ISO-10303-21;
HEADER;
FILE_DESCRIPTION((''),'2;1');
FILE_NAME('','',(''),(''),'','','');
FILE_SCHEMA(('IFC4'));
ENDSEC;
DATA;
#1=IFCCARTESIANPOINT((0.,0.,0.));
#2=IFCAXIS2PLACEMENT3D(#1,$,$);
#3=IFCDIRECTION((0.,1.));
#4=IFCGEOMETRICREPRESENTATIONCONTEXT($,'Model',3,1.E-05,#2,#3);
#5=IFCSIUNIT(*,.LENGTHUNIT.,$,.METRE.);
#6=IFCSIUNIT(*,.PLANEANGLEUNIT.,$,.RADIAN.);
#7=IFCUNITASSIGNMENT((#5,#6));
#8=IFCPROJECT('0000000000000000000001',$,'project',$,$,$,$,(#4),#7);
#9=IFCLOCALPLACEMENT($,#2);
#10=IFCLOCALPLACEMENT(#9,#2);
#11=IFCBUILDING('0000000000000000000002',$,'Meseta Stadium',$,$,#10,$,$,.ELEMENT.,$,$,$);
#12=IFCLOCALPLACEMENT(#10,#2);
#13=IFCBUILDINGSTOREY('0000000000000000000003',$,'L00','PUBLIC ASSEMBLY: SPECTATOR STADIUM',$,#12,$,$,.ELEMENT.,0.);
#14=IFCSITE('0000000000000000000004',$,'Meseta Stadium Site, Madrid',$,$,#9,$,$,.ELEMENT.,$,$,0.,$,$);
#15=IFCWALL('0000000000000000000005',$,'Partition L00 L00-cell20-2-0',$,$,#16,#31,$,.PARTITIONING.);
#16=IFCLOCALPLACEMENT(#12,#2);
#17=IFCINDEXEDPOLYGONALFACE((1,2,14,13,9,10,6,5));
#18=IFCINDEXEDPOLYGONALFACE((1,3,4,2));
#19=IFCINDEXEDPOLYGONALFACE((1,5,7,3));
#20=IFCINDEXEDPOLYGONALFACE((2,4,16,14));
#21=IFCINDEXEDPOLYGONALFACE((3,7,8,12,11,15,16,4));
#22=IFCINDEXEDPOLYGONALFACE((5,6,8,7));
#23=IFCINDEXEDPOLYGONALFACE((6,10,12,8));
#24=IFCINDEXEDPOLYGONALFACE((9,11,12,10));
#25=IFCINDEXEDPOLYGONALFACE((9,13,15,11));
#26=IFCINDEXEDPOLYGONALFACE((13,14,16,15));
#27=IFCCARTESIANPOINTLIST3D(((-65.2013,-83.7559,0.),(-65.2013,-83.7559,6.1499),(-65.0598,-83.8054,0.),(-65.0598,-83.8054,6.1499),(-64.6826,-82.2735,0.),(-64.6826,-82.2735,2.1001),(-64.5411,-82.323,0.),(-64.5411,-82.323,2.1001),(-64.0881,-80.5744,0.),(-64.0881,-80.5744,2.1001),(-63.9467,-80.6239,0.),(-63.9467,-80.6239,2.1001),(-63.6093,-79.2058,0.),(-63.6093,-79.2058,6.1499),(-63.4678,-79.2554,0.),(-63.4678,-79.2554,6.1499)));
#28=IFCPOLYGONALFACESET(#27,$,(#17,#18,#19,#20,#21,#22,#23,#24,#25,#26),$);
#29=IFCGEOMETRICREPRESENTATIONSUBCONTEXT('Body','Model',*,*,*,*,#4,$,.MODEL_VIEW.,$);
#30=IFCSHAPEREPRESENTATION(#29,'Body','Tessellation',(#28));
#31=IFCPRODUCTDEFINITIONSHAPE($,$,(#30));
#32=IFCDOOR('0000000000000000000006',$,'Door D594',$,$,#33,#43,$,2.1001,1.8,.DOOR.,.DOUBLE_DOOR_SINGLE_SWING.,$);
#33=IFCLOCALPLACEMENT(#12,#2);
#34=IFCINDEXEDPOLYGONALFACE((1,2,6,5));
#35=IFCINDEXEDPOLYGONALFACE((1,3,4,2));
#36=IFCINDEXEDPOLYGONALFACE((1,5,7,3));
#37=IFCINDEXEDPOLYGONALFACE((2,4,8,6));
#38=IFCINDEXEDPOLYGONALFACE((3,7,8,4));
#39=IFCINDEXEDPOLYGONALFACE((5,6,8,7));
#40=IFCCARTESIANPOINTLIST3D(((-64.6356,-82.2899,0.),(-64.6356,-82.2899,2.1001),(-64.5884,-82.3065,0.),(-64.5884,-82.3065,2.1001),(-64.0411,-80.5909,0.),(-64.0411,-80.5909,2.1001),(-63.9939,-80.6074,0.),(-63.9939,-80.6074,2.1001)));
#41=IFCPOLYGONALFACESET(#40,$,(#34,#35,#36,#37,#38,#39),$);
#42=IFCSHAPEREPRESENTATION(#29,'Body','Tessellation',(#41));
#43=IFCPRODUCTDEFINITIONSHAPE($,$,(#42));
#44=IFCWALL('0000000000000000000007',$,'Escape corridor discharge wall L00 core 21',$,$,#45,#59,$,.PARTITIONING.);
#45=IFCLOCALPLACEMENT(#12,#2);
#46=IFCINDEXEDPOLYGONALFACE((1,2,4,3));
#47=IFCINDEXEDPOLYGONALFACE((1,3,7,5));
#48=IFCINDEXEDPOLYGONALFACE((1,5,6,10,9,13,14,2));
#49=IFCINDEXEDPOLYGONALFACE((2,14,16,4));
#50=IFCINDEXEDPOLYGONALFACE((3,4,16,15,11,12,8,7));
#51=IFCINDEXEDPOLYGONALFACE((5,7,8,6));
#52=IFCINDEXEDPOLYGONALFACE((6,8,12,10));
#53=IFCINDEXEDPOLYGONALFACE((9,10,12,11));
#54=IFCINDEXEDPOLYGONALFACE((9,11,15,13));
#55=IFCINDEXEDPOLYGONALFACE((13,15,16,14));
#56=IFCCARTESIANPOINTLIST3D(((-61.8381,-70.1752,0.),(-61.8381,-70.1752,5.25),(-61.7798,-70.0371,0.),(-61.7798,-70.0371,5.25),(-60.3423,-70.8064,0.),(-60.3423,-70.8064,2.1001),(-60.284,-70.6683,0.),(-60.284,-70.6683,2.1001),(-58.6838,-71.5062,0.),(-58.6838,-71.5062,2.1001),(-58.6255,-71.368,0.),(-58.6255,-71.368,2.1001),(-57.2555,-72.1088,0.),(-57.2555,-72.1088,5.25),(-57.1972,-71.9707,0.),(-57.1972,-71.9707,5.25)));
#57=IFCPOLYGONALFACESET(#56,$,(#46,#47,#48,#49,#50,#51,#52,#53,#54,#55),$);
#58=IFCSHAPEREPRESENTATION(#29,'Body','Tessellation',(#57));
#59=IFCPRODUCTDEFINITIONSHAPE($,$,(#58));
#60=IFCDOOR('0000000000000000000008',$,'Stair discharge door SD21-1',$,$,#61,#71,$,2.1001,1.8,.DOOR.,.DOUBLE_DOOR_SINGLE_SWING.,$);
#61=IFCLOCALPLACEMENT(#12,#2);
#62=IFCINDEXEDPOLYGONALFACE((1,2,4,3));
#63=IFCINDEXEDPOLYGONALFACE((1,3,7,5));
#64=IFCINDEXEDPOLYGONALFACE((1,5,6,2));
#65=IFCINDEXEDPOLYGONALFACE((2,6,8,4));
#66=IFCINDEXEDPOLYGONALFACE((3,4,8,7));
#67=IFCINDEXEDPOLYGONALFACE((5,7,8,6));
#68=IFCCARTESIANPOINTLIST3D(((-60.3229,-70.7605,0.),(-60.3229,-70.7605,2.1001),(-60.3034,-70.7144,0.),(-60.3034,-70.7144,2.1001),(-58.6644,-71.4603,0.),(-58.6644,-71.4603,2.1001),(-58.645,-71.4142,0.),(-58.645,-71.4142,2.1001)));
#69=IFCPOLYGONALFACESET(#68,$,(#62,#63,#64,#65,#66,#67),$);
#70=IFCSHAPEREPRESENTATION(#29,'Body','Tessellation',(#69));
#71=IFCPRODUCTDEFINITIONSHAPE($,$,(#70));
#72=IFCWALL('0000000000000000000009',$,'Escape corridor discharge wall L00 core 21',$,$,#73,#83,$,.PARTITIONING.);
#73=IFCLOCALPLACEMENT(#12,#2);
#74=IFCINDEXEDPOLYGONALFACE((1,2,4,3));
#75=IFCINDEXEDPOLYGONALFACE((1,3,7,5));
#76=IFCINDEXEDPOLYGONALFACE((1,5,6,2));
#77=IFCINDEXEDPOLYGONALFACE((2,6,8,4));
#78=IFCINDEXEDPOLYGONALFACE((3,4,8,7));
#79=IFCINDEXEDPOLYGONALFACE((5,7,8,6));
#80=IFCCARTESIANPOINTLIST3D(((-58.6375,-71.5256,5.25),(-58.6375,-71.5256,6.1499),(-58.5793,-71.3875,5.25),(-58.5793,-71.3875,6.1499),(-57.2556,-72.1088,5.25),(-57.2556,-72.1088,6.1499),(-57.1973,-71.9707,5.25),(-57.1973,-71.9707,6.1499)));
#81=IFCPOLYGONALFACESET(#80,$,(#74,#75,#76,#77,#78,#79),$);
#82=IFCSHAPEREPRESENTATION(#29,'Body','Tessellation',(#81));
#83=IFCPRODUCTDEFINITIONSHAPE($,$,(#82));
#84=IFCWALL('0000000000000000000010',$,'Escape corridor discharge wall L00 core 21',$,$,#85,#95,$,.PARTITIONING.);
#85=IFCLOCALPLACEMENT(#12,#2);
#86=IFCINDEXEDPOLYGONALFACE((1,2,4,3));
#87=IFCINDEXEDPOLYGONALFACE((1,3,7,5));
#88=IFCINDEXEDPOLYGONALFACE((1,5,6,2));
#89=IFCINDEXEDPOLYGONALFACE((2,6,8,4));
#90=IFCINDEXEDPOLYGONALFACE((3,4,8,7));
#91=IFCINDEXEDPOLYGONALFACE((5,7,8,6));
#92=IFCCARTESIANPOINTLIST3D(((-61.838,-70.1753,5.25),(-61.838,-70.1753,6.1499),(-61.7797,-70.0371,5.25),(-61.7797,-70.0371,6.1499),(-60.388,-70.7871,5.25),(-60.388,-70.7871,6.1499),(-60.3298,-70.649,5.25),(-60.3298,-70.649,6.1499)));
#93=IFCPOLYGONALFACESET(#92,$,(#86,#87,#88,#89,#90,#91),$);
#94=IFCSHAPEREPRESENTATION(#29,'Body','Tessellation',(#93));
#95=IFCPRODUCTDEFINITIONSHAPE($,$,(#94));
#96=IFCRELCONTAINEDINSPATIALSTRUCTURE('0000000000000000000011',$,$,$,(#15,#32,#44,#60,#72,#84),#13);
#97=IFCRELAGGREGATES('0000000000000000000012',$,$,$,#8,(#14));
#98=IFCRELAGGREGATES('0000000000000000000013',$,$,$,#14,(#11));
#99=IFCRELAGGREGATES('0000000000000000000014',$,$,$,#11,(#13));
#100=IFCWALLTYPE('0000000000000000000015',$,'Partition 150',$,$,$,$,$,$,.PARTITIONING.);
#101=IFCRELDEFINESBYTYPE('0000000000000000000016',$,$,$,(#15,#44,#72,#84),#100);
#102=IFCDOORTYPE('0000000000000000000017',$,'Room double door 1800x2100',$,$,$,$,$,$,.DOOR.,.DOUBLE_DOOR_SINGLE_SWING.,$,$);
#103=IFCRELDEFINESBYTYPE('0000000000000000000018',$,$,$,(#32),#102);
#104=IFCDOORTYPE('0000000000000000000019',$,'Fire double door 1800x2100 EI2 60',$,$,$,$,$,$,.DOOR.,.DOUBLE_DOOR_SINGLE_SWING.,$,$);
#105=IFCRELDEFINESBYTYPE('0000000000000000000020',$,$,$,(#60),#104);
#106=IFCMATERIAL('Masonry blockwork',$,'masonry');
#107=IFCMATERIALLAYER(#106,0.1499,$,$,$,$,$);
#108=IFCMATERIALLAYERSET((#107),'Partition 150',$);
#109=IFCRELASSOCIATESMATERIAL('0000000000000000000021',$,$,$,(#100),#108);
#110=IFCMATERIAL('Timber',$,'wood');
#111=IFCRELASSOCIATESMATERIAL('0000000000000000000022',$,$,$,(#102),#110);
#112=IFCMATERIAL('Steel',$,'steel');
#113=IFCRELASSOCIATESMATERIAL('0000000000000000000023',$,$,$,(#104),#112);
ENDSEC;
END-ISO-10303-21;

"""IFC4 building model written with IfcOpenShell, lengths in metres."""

from ifc_helpers import new_model, si_unit, direction, frame, frame_2d, origin, place, context, subcontext, project, spatial, rectangle, extrude, material, layer, layer_set, type_object, element, fill, save


model = new_model("IFC4")

# Units and contexts
model_context = context("Model", 3, precision=1e-05, world=origin(), true_north=direction((0.0, 1.0)))
body_context = subcontext(model_context, "Body", "Model", "MODEL_VIEW")
ifc_project = project(units=[si_unit("LENGTHUNIT", "METRE"), si_unit("PLANEANGLEUNIT", "RADIAN")], contexts=[model_context])

# Site, building, storey
site_placement = place(None, origin())
site = spatial("IfcSite", under=ifc_project, at=site_placement, Name="Meseta Stadium Site, Madrid", CompositionType="ELEMENT", RefElevation=0.0)
building_placement = place(site_placement, origin())
building = spatial("IfcBuilding", under=site, at=building_placement, Name="Meseta Stadium", CompositionType="ELEMENT")
storey_placement = place(building_placement, origin())
storey = spatial("IfcBuildingStorey", under=building, at=storey_placement, Name="L00", Description="PUBLIC ASSEMBLY: SPECTATOR STADIUM", CompositionType="ELEMENT", Elevation=0.0)

# Shared definitions
ifc_material_1 = material(Name="Masonry blockwork", Category="masonry")
ifc_layer = layer(ifc_material_1, 0.1499)
ifc_layer_set = layer_set([ifc_layer], Name="Partition 150")
wall_type = type_object("IfcWallType", Name="Partition 150", PredefinedType="PARTITIONING", material=ifc_layer_set)

# Walls, openings, doors
wall_1_placement = place(storey_placement, frame((-63.5386, -79.2307, 0.0), z_axis=(0.0, 0.0, 1.0), x_axis=(-0.330262, -0.943889, 0.0)))
wall_1 = element("IfcWall", 1, at=wall_1_placement, inside=storey, type_object=wall_type, Name="Partition L00 L00-cell20-2-0", PredefinedType="PARTITIONING", context=body_context, shape_type="SweptSolid", body=[
    extrude(rectangle(XDim=4.8206, YDim=0.1499, at=frame_2d((2.4102, 0.0))), origin(), (0.0, 0.0, 1.0), 6.1499),
])
opening_1_placement = place(wall_1_placement, frame((1.45, 0.0, 0.0)))
opening_1 = element("IfcOpeningElement", 2, at=opening_1_placement, cuts=wall_1, PredefinedType="OPENING", context=body_context, shape_type="SweptSolid", body=[
    extrude(rectangle(XDim=1.8, YDim=2.1001, at=frame_2d((0.8999, 1.05))), frame((0.0, 0.085, 0.0), z_axis=(0.0, -1.0, 0.0), x_axis=(1.0, 0.0, 0.0)), (0.0, 0.0, 1.0), 0.1699),
])
ifc_material_2 = material(Name="Timber", Category="wood")
door_type_1 = type_object("IfcDoorType", Name="Room double door 1800x2100", OperationType="DOUBLE_DOOR_SINGLE_SWING", PredefinedType="DOOR", material=ifc_material_2)
door_1_placement = place(opening_1_placement, origin())
door_1 = element("IfcDoor", 3, at=door_1_placement, inside=storey, type_object=door_type_1, Name="Door D594", OperationType="DOUBLE_DOOR_SINGLE_SWING", OverallHeight=2.1001, OverallWidth=1.8, PredefinedType="DOOR", context=body_context, shape_type="SweptSolid", body=[
    extrude(rectangle(XDim=1.8, YDim=2.1001, at=frame_2d((0.8999, 1.05))), frame((0.0, 0.0249, 0.0), z_axis=(0.0, -1.0, 0.0), x_axis=(1.0, 0.0, 0.0)), (0.0, 0.0, 1.0), 0.05),
])
fill(opening_1, door_1)
wall_2_placement = place(storey_placement, frame((-61.8088, -70.1062, 0.0), z_axis=(0.0, 0.0, 1.0), x_axis=(0.921339, -0.388759, 0.0)))
wall_2 = element("IfcWall", 4, at=wall_2_placement, inside=storey, type_object=wall_type, Name="Escape corridor discharge wall L00 core 21", PredefinedType="PARTITIONING", context=body_context, shape_type="SweptSolid", body=[
    extrude(rectangle(XDim=4.9739, YDim=0.1499, at=frame_2d((2.4868, 0.0))), origin(), (0.0, 0.0, 1.0), 5.25),
])
opening_2_placement = place(wall_2_placement, frame((1.6235, 0.0, 0.0)))
opening_2 = element("IfcOpeningElement", 5, at=opening_2_placement, cuts=wall_2, PredefinedType="OPENING", context=body_context, shape_type="SweptSolid", body=[
    extrude(rectangle(XDim=1.8, YDim=2.1001, at=frame_2d((0.8999, 1.05))), frame((0.0, 0.085, 0.0), z_axis=(0.0, -1.0, 0.0), x_axis=(1.0, 0.0, 0.0)), (0.0, 0.0, 1.0), 0.1699),
])
ifc_material_3 = material(Name="Steel", Category="steel")
door_type_2 = type_object("IfcDoorType", Name="Fire double door 1800x2100 EI2 60", OperationType="DOUBLE_DOOR_SINGLE_SWING", PredefinedType="DOOR", material=ifc_material_3)
door_2_placement = place(opening_2_placement, origin())
door_2 = element("IfcDoor", 6, at=door_2_placement, inside=storey, type_object=door_type_2, Name="Stair discharge door SD21-1", OperationType="DOUBLE_DOOR_SINGLE_SWING", OverallHeight=2.1001, OverallWidth=1.8, PredefinedType="DOOR", context=body_context, shape_type="SweptSolid", body=[
    extrude(rectangle(XDim=1.8, YDim=2.1001, at=frame_2d((0.8999, 1.05))), frame((0.0, 0.0249, 0.0), z_axis=(0.0, -1.0, 0.0), x_axis=(1.0, 0.0, 0.0)), (0.0, 0.0, 1.0), 0.05),
])
fill(opening_2, door_2)

# Walls
wall_3_placement = place(storey_placement, frame((-58.6084, -71.4565, 5.25), z_axis=(0.0, 0.0, 1.0), x_axis=(0.92132, -0.388806, 0.0)))
element("IfcWall", 7, at=wall_3_placement, inside=storey, type_object=wall_type, Name="Escape corridor discharge wall L00 core 21", PredefinedType="PARTITIONING", context=body_context, shape_type="SweptSolid", body=[
    extrude(rectangle(XDim=1.5, YDim=0.1499, at=frame_2d((0.75, 0.0))), origin(), (0.0, 0.0, 1.0), 0.8999),
])
wall_4_placement = place(storey_placement, frame((-61.8088, -70.1062, 5.25), z_axis=(0.0, 0.0, 1.0), x_axis=(0.921337, -0.388764, 0.0)))
element("IfcWall", 8, at=wall_4_placement, inside=storey, type_object=wall_type, Name="Escape corridor discharge wall L00 core 21", PredefinedType="PARTITIONING", context=body_context, shape_type="SweptSolid", body=[
    extrude(rectangle(XDim=1.5737, YDim=0.1499, at=frame_2d((0.7869, 0.0))), origin(), (0.0, 0.0, 1.0), 0.8999),
])

save(model, "model.ifc")
